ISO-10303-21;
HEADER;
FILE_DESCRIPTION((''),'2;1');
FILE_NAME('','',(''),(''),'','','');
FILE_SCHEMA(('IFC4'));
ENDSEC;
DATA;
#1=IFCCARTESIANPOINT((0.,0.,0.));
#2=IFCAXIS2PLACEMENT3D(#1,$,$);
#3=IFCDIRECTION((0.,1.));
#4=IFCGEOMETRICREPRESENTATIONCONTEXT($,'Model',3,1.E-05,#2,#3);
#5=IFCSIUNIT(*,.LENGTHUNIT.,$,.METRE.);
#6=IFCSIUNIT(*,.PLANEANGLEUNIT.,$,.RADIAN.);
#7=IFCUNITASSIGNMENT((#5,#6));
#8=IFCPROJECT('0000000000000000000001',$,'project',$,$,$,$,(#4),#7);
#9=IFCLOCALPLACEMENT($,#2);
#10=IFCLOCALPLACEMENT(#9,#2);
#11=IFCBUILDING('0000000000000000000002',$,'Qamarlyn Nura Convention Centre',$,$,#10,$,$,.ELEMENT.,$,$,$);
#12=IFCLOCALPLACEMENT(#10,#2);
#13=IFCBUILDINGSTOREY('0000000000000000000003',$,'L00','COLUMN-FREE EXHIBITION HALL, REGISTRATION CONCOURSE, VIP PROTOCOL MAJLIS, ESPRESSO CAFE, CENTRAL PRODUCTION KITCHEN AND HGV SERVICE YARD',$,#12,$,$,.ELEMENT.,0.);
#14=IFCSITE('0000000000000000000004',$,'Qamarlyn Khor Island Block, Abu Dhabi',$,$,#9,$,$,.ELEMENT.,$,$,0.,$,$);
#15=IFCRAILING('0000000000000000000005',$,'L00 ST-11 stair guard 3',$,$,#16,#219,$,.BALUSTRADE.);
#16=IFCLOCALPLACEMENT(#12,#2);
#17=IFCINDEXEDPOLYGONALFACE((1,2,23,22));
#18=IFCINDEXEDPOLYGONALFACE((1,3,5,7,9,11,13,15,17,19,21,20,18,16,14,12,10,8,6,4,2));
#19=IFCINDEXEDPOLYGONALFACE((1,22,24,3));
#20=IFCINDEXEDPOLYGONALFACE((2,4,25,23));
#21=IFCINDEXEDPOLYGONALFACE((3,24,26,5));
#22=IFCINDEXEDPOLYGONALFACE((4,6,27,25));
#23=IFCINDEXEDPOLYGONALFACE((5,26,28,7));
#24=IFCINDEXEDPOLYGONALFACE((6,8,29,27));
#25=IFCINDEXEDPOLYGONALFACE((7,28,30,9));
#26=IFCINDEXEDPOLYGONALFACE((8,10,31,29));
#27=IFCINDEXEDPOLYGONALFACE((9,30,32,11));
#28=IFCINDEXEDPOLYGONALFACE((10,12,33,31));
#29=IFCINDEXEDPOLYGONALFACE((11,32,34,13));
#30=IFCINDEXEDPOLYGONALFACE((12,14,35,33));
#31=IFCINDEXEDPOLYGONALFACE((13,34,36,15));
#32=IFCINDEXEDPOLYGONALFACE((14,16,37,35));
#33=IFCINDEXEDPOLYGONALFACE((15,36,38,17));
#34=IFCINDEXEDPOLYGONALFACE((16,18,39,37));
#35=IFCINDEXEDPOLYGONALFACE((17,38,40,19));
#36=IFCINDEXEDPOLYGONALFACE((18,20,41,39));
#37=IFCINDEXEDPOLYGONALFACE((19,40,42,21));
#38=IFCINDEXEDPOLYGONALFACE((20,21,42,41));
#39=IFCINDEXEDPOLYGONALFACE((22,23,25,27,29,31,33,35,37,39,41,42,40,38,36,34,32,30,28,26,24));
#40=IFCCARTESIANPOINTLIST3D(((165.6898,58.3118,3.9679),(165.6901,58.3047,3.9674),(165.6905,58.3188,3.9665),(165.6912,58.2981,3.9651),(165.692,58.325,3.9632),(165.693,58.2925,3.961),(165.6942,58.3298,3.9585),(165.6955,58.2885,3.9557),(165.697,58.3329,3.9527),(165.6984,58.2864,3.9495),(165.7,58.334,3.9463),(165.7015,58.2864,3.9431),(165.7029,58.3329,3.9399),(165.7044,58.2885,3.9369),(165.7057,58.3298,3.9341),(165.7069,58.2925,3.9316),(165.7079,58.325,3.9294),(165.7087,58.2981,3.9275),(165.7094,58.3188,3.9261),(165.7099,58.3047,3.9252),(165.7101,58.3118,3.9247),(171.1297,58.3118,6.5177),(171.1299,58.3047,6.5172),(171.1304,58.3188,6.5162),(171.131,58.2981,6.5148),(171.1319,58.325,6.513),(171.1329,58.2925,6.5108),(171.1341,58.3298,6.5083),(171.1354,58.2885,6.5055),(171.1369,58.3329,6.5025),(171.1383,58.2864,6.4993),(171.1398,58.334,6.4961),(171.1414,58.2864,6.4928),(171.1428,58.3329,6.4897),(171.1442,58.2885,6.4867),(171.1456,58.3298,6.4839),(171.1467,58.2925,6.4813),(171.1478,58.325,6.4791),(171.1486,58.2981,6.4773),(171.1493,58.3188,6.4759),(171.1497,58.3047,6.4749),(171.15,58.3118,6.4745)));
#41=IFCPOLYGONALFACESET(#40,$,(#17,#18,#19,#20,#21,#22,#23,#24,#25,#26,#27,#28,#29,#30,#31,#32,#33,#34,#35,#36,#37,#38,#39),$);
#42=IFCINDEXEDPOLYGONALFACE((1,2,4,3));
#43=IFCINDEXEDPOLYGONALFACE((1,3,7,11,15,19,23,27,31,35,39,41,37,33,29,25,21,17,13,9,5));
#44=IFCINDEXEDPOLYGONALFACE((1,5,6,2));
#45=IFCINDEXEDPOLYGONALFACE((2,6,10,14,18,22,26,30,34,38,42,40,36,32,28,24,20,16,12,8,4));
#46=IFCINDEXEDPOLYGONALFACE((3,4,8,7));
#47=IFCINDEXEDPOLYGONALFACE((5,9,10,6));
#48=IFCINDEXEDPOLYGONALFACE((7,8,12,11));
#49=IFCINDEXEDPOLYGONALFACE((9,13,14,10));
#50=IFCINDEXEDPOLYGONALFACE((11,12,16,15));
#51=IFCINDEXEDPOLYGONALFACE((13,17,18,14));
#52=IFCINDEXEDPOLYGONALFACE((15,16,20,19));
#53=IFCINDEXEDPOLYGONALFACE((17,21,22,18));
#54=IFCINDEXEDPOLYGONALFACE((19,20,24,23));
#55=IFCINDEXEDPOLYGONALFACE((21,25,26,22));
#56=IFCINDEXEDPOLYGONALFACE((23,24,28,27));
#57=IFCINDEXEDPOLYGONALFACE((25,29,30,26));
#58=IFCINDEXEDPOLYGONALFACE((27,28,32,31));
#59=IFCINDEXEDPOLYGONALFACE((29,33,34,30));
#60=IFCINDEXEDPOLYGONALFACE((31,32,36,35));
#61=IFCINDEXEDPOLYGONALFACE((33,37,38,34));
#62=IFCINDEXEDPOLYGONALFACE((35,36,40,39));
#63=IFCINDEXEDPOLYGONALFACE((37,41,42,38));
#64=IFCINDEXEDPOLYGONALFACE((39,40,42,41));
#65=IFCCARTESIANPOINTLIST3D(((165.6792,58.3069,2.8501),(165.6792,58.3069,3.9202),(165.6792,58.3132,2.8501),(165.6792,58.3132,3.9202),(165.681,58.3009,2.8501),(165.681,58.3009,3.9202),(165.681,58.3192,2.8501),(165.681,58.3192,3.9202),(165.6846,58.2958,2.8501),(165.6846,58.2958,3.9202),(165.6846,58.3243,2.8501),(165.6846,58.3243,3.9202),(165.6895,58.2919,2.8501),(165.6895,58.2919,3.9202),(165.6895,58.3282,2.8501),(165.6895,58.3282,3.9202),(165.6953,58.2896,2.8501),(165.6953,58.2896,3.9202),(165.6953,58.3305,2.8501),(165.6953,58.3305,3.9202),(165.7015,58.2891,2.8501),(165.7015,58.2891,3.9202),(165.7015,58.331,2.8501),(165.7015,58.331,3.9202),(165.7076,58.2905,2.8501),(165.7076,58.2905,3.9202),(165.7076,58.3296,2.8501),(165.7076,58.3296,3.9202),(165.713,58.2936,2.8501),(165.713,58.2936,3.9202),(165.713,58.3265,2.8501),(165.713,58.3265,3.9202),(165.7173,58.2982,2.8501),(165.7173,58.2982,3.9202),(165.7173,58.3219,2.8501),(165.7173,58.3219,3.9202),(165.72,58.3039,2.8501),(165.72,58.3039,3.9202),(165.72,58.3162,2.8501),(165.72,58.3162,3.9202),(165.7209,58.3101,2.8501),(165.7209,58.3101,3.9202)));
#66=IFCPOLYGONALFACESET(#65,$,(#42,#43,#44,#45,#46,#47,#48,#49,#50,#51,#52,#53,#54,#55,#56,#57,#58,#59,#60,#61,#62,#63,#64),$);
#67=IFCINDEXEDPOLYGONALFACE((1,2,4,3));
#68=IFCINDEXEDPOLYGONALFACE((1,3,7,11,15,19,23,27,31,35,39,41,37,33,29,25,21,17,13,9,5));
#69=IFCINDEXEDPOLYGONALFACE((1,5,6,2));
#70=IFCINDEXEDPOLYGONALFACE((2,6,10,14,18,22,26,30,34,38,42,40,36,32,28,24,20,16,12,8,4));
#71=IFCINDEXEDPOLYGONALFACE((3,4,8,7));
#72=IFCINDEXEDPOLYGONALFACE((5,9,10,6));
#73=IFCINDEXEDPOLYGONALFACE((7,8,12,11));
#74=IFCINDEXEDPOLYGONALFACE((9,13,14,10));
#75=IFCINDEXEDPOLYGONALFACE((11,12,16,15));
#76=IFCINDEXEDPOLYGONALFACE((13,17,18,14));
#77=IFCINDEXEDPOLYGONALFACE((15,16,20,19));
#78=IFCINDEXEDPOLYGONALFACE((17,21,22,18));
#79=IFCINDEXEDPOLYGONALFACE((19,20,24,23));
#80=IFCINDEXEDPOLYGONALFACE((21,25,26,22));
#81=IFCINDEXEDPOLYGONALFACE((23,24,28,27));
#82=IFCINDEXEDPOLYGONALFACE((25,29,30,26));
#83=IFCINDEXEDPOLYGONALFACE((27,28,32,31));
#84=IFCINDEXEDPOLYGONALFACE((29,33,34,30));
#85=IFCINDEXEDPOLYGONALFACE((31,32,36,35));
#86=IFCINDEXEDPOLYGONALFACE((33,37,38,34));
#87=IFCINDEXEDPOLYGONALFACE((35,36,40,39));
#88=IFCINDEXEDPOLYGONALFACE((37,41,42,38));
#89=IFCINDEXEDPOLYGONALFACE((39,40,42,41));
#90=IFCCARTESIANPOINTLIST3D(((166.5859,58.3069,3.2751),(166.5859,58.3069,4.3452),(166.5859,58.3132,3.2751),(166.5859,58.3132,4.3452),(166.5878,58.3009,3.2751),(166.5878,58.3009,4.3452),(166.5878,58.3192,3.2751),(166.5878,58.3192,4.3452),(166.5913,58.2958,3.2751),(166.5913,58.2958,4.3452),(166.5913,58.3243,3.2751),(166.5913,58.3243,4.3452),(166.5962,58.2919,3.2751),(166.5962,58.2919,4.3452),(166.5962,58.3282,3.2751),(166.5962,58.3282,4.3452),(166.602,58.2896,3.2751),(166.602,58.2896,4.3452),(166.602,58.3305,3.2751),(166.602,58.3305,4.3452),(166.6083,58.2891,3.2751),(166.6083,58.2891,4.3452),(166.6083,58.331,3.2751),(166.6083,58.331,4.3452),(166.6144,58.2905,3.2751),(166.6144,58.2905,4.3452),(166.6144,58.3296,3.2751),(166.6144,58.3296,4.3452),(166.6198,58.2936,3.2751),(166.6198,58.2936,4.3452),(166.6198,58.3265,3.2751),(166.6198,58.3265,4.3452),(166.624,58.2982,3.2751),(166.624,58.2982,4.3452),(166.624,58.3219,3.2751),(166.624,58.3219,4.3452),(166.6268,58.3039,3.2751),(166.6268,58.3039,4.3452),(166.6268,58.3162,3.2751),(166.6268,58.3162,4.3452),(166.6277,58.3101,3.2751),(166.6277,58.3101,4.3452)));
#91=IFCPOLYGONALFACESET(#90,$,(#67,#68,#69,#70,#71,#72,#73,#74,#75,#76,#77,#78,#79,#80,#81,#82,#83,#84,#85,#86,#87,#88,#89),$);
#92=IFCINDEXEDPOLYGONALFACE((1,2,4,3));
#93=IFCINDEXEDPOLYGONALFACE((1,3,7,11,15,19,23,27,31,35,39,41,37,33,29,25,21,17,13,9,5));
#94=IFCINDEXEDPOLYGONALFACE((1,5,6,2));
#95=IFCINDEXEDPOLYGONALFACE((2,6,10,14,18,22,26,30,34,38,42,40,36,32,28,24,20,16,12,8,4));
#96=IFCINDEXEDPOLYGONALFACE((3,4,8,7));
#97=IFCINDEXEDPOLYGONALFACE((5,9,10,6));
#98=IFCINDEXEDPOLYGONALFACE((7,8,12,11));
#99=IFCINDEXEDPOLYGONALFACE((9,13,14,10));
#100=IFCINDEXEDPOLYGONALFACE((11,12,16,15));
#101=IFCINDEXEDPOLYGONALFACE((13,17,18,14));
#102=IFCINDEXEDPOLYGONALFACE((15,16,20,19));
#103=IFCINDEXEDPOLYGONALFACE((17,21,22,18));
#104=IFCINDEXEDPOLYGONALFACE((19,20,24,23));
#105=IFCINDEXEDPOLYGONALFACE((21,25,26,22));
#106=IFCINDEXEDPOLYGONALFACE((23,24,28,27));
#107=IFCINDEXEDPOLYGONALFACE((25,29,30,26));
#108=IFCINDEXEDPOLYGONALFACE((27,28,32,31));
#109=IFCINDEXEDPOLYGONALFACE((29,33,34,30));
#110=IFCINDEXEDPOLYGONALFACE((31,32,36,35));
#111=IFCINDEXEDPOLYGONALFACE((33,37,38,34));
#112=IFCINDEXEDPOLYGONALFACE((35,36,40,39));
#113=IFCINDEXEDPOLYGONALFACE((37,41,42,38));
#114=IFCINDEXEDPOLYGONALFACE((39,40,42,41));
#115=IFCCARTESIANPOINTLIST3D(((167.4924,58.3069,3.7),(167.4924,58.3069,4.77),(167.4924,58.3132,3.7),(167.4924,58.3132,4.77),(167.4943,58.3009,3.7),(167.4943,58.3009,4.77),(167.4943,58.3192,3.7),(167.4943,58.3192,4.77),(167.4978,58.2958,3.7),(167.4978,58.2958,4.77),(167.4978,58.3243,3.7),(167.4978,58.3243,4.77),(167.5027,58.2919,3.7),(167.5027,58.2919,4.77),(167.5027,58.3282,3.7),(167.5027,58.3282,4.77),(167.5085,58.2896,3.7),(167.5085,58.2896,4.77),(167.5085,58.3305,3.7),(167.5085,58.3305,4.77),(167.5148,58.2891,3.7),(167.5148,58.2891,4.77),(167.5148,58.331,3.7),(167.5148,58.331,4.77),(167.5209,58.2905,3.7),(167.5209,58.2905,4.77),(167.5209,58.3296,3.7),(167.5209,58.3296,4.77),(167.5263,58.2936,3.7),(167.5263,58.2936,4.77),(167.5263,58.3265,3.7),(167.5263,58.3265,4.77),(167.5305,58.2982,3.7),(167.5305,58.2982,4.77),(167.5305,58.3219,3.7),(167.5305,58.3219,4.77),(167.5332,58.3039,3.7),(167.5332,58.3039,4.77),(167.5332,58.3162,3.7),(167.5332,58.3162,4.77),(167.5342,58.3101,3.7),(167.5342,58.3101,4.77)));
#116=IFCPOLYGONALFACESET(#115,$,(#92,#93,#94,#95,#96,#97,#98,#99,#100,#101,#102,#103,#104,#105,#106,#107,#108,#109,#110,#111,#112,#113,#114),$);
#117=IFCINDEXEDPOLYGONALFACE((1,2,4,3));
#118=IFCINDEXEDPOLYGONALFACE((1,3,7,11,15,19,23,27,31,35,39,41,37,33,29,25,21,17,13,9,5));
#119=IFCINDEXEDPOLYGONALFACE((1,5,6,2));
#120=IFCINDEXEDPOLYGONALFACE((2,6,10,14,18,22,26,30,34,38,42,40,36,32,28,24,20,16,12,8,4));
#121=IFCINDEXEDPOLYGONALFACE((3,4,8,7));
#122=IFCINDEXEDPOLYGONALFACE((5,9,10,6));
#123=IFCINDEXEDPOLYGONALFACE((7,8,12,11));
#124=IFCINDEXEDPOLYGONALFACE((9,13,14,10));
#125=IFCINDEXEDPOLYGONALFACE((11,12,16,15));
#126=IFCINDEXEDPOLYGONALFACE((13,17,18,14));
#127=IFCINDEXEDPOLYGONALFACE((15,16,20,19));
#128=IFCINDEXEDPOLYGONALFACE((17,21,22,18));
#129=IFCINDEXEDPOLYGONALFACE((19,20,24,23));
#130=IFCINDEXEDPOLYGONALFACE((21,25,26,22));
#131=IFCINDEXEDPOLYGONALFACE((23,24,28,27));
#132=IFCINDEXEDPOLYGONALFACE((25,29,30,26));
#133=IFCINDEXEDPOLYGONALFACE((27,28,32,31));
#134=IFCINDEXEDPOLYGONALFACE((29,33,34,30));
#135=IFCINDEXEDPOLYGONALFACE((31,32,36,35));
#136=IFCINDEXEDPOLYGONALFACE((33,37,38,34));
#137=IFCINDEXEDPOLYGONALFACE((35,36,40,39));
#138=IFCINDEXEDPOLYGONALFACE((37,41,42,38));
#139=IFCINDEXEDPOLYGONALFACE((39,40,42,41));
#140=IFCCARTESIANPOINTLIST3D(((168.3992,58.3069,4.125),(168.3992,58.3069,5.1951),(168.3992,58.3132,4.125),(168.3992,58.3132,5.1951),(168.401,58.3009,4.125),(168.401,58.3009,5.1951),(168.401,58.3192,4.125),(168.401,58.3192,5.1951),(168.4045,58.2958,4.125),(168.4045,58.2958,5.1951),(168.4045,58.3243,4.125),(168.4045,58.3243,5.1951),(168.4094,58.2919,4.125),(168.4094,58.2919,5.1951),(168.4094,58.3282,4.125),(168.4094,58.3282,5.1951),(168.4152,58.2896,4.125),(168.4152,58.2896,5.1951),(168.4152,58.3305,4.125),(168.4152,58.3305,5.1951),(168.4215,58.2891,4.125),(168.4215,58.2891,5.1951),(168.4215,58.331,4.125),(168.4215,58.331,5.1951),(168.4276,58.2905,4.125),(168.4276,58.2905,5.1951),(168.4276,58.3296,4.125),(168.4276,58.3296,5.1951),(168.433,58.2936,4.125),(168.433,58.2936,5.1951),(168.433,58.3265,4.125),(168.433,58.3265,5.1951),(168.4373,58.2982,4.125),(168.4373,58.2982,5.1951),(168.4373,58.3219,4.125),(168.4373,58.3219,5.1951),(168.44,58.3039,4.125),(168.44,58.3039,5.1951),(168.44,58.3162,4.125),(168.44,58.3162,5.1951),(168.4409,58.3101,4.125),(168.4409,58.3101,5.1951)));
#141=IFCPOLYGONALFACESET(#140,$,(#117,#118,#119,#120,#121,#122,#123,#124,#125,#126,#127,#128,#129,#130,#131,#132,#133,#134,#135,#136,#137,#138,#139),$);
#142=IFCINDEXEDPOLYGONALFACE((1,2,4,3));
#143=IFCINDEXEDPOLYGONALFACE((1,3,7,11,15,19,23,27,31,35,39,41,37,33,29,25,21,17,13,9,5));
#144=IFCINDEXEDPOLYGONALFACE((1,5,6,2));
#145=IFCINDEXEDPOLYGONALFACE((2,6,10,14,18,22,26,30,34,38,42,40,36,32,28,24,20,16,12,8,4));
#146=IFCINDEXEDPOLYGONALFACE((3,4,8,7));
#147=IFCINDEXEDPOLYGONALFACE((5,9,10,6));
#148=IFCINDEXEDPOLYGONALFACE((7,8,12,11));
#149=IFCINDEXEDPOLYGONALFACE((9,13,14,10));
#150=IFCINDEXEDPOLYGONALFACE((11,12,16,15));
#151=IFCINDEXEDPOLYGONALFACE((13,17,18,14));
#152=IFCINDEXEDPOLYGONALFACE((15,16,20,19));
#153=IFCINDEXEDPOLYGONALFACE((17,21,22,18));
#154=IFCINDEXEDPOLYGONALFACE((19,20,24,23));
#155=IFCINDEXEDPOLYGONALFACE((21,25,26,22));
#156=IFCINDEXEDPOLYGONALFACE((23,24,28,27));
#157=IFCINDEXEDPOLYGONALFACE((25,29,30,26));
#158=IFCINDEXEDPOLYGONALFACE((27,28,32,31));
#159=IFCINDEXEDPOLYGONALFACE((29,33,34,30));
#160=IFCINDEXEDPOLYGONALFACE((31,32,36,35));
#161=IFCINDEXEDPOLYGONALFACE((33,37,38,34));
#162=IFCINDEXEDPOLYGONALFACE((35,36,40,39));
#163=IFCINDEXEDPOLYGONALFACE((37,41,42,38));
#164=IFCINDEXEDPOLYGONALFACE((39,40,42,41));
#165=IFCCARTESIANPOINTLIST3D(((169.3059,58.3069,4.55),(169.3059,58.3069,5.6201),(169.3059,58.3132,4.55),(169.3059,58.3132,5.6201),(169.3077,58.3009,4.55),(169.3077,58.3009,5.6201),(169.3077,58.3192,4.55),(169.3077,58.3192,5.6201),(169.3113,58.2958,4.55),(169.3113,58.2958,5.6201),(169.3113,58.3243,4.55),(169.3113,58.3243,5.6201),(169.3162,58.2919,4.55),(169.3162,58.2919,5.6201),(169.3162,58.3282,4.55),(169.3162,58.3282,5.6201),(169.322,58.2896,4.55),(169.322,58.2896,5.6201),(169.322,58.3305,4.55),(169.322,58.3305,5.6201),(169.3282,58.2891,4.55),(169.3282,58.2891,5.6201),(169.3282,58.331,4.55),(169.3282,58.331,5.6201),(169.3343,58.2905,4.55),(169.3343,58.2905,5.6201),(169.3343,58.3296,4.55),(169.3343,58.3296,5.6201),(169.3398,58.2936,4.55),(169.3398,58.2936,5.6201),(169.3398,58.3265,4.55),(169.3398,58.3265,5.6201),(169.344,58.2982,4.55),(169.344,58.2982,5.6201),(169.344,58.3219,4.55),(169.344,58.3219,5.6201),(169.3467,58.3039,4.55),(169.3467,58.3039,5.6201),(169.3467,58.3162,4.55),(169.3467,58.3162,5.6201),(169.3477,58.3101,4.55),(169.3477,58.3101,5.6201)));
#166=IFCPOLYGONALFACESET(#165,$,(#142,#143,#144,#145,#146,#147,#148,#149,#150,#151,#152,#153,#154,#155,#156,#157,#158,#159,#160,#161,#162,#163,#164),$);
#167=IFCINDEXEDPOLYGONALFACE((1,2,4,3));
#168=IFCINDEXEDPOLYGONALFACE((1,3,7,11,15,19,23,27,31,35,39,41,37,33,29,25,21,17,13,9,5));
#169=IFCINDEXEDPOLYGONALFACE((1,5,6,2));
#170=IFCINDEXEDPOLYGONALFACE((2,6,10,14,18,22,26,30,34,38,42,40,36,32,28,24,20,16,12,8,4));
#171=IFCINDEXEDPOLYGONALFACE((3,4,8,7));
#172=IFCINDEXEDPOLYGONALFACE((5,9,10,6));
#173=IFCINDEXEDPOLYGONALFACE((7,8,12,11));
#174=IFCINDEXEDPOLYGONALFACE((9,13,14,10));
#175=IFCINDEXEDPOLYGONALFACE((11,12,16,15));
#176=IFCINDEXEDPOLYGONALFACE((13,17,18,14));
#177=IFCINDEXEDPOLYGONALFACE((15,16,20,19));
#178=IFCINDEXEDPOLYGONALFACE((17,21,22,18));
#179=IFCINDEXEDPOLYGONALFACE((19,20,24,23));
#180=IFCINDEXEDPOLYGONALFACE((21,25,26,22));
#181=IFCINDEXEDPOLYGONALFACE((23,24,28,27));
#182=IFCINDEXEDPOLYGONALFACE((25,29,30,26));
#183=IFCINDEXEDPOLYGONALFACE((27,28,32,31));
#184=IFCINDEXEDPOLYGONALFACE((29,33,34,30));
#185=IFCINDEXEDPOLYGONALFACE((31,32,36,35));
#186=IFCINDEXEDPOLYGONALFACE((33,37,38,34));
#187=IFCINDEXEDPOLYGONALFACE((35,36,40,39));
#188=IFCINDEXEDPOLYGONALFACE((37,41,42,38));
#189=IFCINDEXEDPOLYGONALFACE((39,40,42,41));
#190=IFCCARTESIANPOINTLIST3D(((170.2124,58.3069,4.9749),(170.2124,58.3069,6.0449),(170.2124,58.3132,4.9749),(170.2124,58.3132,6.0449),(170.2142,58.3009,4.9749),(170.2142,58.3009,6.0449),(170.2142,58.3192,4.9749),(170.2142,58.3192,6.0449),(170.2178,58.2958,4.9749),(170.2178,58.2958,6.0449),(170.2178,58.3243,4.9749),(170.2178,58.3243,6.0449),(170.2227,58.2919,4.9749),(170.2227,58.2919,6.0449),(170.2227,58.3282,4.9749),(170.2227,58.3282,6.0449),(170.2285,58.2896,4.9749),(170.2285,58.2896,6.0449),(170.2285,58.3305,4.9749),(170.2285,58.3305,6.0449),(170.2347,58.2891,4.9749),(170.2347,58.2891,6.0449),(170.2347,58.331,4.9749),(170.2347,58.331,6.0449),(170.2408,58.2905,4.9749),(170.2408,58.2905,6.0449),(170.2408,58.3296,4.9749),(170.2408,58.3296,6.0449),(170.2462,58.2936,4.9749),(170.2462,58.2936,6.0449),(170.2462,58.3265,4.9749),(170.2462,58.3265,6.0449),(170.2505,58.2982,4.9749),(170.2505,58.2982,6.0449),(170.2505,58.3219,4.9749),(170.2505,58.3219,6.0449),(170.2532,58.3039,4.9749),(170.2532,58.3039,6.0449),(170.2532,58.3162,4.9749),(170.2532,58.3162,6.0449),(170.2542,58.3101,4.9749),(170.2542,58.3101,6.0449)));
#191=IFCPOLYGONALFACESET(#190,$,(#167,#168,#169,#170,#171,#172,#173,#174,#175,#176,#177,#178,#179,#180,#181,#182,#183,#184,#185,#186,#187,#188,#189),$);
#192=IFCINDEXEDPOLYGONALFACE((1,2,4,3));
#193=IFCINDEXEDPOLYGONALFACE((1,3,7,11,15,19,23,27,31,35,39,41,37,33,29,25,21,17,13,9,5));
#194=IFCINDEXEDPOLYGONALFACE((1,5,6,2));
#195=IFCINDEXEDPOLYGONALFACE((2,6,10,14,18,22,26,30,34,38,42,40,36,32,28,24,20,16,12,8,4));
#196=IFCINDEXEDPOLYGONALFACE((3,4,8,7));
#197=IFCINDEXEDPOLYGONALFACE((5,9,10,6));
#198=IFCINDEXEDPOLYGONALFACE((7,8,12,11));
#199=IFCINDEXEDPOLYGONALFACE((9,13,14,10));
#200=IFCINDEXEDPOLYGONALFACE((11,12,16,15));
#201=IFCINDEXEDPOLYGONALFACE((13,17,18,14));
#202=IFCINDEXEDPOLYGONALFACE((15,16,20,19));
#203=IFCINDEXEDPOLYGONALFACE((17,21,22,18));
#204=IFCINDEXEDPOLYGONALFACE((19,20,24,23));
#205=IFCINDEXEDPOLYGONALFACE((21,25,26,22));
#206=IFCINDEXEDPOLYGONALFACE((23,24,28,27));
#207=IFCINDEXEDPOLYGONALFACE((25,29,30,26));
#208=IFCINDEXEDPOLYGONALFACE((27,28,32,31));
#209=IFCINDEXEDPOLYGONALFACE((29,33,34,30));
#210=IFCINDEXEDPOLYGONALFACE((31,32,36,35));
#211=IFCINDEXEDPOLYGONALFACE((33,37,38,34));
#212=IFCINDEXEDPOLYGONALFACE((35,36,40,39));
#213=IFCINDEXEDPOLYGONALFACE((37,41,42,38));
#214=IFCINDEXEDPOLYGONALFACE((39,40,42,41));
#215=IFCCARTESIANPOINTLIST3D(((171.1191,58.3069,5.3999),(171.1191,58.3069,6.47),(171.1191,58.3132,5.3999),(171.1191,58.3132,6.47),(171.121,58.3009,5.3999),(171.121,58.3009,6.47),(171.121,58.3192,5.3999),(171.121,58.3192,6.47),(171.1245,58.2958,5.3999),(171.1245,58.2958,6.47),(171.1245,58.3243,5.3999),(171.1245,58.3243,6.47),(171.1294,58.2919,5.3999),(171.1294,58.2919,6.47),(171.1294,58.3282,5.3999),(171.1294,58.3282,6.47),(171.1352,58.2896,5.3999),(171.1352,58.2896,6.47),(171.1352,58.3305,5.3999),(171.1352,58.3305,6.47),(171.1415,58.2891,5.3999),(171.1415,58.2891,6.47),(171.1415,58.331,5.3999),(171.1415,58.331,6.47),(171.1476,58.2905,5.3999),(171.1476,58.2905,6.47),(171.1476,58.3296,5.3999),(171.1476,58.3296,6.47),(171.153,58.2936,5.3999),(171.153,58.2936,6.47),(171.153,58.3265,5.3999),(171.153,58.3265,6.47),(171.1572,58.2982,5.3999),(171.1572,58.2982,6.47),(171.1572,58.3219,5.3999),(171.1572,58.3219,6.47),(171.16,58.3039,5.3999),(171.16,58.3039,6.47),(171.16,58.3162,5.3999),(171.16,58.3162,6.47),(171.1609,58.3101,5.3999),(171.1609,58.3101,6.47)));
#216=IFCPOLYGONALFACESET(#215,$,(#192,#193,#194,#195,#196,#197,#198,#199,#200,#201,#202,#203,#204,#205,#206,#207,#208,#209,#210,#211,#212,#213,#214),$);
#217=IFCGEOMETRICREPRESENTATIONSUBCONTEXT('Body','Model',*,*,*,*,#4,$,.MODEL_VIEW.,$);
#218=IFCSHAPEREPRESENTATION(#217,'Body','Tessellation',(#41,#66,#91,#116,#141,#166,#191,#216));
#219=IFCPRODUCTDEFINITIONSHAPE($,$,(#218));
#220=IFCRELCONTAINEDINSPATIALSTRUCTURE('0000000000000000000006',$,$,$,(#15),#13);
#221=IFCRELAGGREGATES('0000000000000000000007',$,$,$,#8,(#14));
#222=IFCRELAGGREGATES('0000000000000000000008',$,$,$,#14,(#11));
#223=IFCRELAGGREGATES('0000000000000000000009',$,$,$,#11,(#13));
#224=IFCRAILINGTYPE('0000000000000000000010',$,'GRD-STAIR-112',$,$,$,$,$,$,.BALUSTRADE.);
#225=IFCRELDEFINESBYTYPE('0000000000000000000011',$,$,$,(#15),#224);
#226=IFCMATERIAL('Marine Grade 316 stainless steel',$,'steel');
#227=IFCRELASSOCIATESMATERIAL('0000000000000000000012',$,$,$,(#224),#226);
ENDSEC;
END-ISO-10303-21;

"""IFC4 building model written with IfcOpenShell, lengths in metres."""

from ifc_helpers import new_model, si_unit, direction, frame, origin, origin_2d, place, context, subcontext, project, spatial, circle, extrude, material, type_object, element, save


model = new_model("IFC4")

# Units and contexts
model_context = context("Model", 3, precision=1e-05, world=origin(), true_north=direction((0.0, 1.0)))
body_context = subcontext(model_context, "Body", "Model", "MODEL_VIEW")
ifc_project = project(units=[si_unit("LENGTHUNIT", "METRE"), si_unit("PLANEANGLEUNIT", "RADIAN")], contexts=[model_context])

# Site, building, storey
site_placement = place(None, origin())
site = spatial("IfcSite", under=ifc_project, at=site_placement, Name="Qamarlyn Khor Island Block, Abu Dhabi", CompositionType="ELEMENT", RefElevation=0.0)
building_placement = place(site_placement, origin())
building = spatial("IfcBuilding", under=site, at=building_placement, Name="Qamarlyn Nura Convention Centre", CompositionType="ELEMENT")
storey_placement = place(building_placement, origin())
storey = spatial("IfcBuildingStorey", under=building, at=storey_placement, Name="L00", Description="COLUMN-FREE EXHIBITION HALL, REGISTRATION CONCOURSE, VIP PROTOCOL MAJLIS, ESPRESSO CAFE, CENTRAL PRODUCTION KITCHEN AND HGV SERVICE YARD", CompositionType="ELEMENT", Elevation=0.0)

# Shared definitions
ifc_material_1 = material(Name="Marine Grade 316 stainless steel", Category="steel")

# Railing
railing_type_1 = type_object("IfcRailingType", Name="GRD-STAIR-112", PredefinedType="BALUSTRADE", material=ifc_material_1)
railing_1_placement = place(storey_placement, frame((165.7, 58.3101, 2.8501)))
element("IfcRailing", 1, at=railing_1_placement, inside=storey, type_object=railing_type_1, Name="L00 ST-11 stair guard 3", PredefinedType="BALUSTRADE", context=body_context, shape_type="SweptSolid", body=[
    extrude(circle(Radius=0.0239, at=origin_2d()), frame((0.0, 0.0, 1.0962), z_axis=(0.90547, 0.0, 0.424411), x_axis=(0.0, 1.0, 0.0)), (0.0, 0.0, 1.0), 6.0078),
    extrude(circle(Radius=0.021, at=origin_2d()), origin(), (0.0, 0.0, 1.0), 1.0701),
    extrude(circle(Radius=0.021, at=origin_2d()), frame((0.9067, 0.0, 0.425)), (0.0, 0.0, 1.0), 1.0701),
    extrude(circle(Radius=0.021, at=origin_2d()), frame((1.8132, 0.0, 0.8499)), (0.0, 0.0, 1.0), 1.0701),
    extrude(circle(Radius=0.021, at=origin_2d()), frame((2.72, 0.0, 1.2749)), (0.0, 0.0, 1.0), 1.0701),
    extrude(circle(Radius=0.021, at=origin_2d()), frame((3.6267, 0.0, 1.7)), (0.0, 0.0, 1.0), 1.0701),
    extrude(circle(Radius=0.021, at=origin_2d()), frame((4.5332, 0.0, 2.1248)), (0.0, 0.0, 1.0), 1.0701),
    extrude(circle(Radius=0.021, at=origin_2d()), frame((5.4399, 0.0, 2.5498)), (0.0, 0.0, 1.0), 1.0701),
])

save(model, "model.ifc")
